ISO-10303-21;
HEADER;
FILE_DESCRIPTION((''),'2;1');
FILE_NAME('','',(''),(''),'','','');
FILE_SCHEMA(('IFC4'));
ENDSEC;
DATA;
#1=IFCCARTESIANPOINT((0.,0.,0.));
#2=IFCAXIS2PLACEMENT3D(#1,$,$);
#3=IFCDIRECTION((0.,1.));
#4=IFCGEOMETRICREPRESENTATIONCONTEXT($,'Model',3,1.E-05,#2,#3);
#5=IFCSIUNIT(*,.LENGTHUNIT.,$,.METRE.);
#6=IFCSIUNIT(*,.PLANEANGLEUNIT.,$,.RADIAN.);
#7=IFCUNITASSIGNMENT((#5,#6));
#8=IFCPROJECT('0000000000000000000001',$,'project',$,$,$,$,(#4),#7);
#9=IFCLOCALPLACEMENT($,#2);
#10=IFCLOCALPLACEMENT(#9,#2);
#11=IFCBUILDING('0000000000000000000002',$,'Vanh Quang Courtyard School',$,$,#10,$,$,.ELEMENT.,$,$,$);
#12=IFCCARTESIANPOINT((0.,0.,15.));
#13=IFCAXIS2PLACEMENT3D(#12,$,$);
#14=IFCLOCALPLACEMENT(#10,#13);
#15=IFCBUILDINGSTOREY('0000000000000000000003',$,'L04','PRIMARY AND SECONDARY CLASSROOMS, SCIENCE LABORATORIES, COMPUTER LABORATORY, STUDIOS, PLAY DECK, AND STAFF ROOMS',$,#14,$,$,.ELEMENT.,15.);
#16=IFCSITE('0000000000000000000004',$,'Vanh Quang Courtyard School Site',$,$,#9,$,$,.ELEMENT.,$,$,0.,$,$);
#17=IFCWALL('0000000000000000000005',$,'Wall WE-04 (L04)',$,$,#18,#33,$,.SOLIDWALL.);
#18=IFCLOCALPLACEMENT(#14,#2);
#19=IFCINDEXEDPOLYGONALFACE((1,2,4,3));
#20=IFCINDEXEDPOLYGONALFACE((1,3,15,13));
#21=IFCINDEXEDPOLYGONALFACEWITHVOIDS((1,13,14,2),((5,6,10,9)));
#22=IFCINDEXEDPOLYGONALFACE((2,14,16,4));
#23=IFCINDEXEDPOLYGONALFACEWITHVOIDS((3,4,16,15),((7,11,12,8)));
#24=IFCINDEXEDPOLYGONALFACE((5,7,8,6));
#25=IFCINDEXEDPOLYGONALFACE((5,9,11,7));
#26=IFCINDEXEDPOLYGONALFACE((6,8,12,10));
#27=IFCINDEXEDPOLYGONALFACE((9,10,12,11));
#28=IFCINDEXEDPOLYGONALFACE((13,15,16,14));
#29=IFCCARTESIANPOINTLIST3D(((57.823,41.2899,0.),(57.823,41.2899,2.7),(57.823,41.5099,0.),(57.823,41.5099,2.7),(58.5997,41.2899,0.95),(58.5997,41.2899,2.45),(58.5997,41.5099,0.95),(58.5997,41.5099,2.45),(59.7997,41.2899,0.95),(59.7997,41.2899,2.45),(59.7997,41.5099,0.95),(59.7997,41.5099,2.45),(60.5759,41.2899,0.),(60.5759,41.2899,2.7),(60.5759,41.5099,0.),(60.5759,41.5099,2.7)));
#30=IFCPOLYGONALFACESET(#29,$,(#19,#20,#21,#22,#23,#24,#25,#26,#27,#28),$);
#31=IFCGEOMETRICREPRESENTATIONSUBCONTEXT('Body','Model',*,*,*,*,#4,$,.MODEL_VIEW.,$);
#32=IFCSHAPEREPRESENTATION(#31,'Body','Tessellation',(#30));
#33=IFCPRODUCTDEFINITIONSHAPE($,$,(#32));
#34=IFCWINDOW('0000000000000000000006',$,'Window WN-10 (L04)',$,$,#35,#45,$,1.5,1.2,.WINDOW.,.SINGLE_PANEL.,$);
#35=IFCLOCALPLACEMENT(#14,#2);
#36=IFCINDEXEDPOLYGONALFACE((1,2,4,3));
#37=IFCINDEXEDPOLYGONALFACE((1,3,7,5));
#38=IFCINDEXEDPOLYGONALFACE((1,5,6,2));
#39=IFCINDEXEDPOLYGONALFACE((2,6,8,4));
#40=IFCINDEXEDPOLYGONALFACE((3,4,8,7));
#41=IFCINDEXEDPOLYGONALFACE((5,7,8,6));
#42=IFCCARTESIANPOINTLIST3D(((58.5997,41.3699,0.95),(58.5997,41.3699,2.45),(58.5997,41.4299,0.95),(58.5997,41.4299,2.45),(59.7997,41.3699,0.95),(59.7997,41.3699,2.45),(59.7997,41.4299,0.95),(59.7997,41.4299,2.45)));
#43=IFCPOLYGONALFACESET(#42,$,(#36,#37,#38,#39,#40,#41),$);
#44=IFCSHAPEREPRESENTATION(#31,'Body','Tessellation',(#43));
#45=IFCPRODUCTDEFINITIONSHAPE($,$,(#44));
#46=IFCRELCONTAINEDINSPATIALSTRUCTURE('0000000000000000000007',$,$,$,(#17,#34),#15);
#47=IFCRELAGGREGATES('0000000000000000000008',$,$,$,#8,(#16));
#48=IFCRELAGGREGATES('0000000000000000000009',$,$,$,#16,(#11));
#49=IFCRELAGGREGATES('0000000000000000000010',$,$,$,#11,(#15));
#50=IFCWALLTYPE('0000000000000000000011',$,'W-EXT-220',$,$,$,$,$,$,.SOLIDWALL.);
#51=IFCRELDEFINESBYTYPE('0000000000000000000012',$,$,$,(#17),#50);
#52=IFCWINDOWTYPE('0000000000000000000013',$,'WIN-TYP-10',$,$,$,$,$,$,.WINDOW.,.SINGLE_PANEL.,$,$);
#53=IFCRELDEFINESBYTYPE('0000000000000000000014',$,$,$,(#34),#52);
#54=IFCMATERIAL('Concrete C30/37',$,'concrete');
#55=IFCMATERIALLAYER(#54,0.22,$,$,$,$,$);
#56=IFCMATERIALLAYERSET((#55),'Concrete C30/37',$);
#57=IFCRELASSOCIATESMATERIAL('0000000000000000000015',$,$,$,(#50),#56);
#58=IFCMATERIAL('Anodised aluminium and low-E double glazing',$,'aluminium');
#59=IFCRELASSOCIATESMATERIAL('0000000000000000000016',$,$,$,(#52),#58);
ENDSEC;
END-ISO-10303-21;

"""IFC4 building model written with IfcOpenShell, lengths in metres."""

from ifc_helpers import new_model, si_unit, direction, frame, frame_2d, origin, place, context, subcontext, project, spatial, rectangle, extrude, material, layer, layer_set, type_object, element, fill, save


model = new_model("IFC4")

# Units and contexts
model_context = context("Model", 3, precision=1e-05, world=origin(), true_north=direction((0.0, 1.0)))
body_context = subcontext(model_context, "Body", "Model", "MODEL_VIEW")
ifc_project = project(units=[si_unit("LENGTHUNIT", "METRE"), si_unit("PLANEANGLEUNIT", "RADIAN")], contexts=[model_context])

# Site, building, storey
site_placement = place(None, origin())
site = spatial("IfcSite", under=ifc_project, at=site_placement, Name="Vanh Quang Courtyard School Site", CompositionType="ELEMENT", RefElevation=0.0)
building_placement = place(site_placement, origin())
building = spatial("IfcBuilding", under=site, at=building_placement, Name="Vanh Quang Courtyard School", CompositionType="ELEMENT")
storey_placement = place(building_placement, frame((0.0, 0.0, 15.0)))
storey = spatial("IfcBuildingStorey", under=building, at=storey_placement, Name="L04", Description="PRIMARY AND SECONDARY CLASSROOMS, SCIENCE LABORATORIES, COMPUTER LABORATORY, STUDIOS, PLAY DECK, AND STAFF ROOMS", CompositionType="ELEMENT", Elevation=15.0)

# Wall, opening, window
ifc_material_1 = material(Name="Concrete C30/37", Category="concrete")
ifc_layer_1 = layer(ifc_material_1, 0.22)
ifc_layer_set_1 = layer_set([ifc_layer_1], Name="Concrete C30/37")
wall_type = type_object("IfcWallType", Name="W-EXT-220", PredefinedType="SOLIDWALL", material=ifc_layer_set_1)
wall_placement = place(storey_placement, frame((57.823, 41.3999, 0.0), z_axis=(0.0, 0.0, 1.0), x_axis=(1.0, 0.0, 0.0)))
wall = element("IfcWall", 1, at=wall_placement, inside=storey, type_object=wall_type, Name="Wall WE-04 (L04)", PredefinedType="SOLIDWALL", context=body_context, shape_type="SweptSolid", body=[
    extrude(rectangle(XDim=2.7529, YDim=0.22, at=frame_2d((1.3765, 0.0))), origin(), (0.0, 0.0, 1.0), 2.7),
])
opening_placement = place(wall_placement, frame((0.7766, 0.0, 0.95)))
opening = element("IfcOpeningElement", 2, at=opening_placement, cuts=wall, PredefinedType="OPENING", context=body_context, shape_type="SweptSolid", body=[
    extrude(rectangle(XDim=1.2, YDim=1.5, at=frame_2d((0.6001, 0.75))), frame((0.0, 0.1201, 0.0), z_axis=(0.0, -1.0, 0.0), x_axis=(1.0, 0.0, 0.0)), (0.0, 0.0, 1.0), 0.24),
])
ifc_material_2 = material(Name="Anodised aluminium and low-E double glazing", Category="aluminium")
window_type = type_object("IfcWindowType", Name="WIN-TYP-10", PartitioningType="SINGLE_PANEL", PredefinedType="WINDOW", material=ifc_material_2)
window_placement = place(opening_placement, origin())
window = element("IfcWindow", 3, at=window_placement, inside=storey, type_object=window_type, Name="Window WN-10 (L04)", OverallHeight=1.5, OverallWidth=1.2, PartitioningType="SINGLE_PANEL", PredefinedType="WINDOW", context=body_context, shape_type="SweptSolid", body=[
    extrude(rectangle(XDim=1.2, YDim=1.5, at=frame_2d((0.6001, 0.75))), frame((0.0, 0.03, 0.0), z_axis=(0.0, -1.0, 0.0), x_axis=(1.0, 0.0, 0.0)), (0.0, 0.0, 1.0), 0.0601),
])
fill(opening, window)

save(model, "model.ifc")
